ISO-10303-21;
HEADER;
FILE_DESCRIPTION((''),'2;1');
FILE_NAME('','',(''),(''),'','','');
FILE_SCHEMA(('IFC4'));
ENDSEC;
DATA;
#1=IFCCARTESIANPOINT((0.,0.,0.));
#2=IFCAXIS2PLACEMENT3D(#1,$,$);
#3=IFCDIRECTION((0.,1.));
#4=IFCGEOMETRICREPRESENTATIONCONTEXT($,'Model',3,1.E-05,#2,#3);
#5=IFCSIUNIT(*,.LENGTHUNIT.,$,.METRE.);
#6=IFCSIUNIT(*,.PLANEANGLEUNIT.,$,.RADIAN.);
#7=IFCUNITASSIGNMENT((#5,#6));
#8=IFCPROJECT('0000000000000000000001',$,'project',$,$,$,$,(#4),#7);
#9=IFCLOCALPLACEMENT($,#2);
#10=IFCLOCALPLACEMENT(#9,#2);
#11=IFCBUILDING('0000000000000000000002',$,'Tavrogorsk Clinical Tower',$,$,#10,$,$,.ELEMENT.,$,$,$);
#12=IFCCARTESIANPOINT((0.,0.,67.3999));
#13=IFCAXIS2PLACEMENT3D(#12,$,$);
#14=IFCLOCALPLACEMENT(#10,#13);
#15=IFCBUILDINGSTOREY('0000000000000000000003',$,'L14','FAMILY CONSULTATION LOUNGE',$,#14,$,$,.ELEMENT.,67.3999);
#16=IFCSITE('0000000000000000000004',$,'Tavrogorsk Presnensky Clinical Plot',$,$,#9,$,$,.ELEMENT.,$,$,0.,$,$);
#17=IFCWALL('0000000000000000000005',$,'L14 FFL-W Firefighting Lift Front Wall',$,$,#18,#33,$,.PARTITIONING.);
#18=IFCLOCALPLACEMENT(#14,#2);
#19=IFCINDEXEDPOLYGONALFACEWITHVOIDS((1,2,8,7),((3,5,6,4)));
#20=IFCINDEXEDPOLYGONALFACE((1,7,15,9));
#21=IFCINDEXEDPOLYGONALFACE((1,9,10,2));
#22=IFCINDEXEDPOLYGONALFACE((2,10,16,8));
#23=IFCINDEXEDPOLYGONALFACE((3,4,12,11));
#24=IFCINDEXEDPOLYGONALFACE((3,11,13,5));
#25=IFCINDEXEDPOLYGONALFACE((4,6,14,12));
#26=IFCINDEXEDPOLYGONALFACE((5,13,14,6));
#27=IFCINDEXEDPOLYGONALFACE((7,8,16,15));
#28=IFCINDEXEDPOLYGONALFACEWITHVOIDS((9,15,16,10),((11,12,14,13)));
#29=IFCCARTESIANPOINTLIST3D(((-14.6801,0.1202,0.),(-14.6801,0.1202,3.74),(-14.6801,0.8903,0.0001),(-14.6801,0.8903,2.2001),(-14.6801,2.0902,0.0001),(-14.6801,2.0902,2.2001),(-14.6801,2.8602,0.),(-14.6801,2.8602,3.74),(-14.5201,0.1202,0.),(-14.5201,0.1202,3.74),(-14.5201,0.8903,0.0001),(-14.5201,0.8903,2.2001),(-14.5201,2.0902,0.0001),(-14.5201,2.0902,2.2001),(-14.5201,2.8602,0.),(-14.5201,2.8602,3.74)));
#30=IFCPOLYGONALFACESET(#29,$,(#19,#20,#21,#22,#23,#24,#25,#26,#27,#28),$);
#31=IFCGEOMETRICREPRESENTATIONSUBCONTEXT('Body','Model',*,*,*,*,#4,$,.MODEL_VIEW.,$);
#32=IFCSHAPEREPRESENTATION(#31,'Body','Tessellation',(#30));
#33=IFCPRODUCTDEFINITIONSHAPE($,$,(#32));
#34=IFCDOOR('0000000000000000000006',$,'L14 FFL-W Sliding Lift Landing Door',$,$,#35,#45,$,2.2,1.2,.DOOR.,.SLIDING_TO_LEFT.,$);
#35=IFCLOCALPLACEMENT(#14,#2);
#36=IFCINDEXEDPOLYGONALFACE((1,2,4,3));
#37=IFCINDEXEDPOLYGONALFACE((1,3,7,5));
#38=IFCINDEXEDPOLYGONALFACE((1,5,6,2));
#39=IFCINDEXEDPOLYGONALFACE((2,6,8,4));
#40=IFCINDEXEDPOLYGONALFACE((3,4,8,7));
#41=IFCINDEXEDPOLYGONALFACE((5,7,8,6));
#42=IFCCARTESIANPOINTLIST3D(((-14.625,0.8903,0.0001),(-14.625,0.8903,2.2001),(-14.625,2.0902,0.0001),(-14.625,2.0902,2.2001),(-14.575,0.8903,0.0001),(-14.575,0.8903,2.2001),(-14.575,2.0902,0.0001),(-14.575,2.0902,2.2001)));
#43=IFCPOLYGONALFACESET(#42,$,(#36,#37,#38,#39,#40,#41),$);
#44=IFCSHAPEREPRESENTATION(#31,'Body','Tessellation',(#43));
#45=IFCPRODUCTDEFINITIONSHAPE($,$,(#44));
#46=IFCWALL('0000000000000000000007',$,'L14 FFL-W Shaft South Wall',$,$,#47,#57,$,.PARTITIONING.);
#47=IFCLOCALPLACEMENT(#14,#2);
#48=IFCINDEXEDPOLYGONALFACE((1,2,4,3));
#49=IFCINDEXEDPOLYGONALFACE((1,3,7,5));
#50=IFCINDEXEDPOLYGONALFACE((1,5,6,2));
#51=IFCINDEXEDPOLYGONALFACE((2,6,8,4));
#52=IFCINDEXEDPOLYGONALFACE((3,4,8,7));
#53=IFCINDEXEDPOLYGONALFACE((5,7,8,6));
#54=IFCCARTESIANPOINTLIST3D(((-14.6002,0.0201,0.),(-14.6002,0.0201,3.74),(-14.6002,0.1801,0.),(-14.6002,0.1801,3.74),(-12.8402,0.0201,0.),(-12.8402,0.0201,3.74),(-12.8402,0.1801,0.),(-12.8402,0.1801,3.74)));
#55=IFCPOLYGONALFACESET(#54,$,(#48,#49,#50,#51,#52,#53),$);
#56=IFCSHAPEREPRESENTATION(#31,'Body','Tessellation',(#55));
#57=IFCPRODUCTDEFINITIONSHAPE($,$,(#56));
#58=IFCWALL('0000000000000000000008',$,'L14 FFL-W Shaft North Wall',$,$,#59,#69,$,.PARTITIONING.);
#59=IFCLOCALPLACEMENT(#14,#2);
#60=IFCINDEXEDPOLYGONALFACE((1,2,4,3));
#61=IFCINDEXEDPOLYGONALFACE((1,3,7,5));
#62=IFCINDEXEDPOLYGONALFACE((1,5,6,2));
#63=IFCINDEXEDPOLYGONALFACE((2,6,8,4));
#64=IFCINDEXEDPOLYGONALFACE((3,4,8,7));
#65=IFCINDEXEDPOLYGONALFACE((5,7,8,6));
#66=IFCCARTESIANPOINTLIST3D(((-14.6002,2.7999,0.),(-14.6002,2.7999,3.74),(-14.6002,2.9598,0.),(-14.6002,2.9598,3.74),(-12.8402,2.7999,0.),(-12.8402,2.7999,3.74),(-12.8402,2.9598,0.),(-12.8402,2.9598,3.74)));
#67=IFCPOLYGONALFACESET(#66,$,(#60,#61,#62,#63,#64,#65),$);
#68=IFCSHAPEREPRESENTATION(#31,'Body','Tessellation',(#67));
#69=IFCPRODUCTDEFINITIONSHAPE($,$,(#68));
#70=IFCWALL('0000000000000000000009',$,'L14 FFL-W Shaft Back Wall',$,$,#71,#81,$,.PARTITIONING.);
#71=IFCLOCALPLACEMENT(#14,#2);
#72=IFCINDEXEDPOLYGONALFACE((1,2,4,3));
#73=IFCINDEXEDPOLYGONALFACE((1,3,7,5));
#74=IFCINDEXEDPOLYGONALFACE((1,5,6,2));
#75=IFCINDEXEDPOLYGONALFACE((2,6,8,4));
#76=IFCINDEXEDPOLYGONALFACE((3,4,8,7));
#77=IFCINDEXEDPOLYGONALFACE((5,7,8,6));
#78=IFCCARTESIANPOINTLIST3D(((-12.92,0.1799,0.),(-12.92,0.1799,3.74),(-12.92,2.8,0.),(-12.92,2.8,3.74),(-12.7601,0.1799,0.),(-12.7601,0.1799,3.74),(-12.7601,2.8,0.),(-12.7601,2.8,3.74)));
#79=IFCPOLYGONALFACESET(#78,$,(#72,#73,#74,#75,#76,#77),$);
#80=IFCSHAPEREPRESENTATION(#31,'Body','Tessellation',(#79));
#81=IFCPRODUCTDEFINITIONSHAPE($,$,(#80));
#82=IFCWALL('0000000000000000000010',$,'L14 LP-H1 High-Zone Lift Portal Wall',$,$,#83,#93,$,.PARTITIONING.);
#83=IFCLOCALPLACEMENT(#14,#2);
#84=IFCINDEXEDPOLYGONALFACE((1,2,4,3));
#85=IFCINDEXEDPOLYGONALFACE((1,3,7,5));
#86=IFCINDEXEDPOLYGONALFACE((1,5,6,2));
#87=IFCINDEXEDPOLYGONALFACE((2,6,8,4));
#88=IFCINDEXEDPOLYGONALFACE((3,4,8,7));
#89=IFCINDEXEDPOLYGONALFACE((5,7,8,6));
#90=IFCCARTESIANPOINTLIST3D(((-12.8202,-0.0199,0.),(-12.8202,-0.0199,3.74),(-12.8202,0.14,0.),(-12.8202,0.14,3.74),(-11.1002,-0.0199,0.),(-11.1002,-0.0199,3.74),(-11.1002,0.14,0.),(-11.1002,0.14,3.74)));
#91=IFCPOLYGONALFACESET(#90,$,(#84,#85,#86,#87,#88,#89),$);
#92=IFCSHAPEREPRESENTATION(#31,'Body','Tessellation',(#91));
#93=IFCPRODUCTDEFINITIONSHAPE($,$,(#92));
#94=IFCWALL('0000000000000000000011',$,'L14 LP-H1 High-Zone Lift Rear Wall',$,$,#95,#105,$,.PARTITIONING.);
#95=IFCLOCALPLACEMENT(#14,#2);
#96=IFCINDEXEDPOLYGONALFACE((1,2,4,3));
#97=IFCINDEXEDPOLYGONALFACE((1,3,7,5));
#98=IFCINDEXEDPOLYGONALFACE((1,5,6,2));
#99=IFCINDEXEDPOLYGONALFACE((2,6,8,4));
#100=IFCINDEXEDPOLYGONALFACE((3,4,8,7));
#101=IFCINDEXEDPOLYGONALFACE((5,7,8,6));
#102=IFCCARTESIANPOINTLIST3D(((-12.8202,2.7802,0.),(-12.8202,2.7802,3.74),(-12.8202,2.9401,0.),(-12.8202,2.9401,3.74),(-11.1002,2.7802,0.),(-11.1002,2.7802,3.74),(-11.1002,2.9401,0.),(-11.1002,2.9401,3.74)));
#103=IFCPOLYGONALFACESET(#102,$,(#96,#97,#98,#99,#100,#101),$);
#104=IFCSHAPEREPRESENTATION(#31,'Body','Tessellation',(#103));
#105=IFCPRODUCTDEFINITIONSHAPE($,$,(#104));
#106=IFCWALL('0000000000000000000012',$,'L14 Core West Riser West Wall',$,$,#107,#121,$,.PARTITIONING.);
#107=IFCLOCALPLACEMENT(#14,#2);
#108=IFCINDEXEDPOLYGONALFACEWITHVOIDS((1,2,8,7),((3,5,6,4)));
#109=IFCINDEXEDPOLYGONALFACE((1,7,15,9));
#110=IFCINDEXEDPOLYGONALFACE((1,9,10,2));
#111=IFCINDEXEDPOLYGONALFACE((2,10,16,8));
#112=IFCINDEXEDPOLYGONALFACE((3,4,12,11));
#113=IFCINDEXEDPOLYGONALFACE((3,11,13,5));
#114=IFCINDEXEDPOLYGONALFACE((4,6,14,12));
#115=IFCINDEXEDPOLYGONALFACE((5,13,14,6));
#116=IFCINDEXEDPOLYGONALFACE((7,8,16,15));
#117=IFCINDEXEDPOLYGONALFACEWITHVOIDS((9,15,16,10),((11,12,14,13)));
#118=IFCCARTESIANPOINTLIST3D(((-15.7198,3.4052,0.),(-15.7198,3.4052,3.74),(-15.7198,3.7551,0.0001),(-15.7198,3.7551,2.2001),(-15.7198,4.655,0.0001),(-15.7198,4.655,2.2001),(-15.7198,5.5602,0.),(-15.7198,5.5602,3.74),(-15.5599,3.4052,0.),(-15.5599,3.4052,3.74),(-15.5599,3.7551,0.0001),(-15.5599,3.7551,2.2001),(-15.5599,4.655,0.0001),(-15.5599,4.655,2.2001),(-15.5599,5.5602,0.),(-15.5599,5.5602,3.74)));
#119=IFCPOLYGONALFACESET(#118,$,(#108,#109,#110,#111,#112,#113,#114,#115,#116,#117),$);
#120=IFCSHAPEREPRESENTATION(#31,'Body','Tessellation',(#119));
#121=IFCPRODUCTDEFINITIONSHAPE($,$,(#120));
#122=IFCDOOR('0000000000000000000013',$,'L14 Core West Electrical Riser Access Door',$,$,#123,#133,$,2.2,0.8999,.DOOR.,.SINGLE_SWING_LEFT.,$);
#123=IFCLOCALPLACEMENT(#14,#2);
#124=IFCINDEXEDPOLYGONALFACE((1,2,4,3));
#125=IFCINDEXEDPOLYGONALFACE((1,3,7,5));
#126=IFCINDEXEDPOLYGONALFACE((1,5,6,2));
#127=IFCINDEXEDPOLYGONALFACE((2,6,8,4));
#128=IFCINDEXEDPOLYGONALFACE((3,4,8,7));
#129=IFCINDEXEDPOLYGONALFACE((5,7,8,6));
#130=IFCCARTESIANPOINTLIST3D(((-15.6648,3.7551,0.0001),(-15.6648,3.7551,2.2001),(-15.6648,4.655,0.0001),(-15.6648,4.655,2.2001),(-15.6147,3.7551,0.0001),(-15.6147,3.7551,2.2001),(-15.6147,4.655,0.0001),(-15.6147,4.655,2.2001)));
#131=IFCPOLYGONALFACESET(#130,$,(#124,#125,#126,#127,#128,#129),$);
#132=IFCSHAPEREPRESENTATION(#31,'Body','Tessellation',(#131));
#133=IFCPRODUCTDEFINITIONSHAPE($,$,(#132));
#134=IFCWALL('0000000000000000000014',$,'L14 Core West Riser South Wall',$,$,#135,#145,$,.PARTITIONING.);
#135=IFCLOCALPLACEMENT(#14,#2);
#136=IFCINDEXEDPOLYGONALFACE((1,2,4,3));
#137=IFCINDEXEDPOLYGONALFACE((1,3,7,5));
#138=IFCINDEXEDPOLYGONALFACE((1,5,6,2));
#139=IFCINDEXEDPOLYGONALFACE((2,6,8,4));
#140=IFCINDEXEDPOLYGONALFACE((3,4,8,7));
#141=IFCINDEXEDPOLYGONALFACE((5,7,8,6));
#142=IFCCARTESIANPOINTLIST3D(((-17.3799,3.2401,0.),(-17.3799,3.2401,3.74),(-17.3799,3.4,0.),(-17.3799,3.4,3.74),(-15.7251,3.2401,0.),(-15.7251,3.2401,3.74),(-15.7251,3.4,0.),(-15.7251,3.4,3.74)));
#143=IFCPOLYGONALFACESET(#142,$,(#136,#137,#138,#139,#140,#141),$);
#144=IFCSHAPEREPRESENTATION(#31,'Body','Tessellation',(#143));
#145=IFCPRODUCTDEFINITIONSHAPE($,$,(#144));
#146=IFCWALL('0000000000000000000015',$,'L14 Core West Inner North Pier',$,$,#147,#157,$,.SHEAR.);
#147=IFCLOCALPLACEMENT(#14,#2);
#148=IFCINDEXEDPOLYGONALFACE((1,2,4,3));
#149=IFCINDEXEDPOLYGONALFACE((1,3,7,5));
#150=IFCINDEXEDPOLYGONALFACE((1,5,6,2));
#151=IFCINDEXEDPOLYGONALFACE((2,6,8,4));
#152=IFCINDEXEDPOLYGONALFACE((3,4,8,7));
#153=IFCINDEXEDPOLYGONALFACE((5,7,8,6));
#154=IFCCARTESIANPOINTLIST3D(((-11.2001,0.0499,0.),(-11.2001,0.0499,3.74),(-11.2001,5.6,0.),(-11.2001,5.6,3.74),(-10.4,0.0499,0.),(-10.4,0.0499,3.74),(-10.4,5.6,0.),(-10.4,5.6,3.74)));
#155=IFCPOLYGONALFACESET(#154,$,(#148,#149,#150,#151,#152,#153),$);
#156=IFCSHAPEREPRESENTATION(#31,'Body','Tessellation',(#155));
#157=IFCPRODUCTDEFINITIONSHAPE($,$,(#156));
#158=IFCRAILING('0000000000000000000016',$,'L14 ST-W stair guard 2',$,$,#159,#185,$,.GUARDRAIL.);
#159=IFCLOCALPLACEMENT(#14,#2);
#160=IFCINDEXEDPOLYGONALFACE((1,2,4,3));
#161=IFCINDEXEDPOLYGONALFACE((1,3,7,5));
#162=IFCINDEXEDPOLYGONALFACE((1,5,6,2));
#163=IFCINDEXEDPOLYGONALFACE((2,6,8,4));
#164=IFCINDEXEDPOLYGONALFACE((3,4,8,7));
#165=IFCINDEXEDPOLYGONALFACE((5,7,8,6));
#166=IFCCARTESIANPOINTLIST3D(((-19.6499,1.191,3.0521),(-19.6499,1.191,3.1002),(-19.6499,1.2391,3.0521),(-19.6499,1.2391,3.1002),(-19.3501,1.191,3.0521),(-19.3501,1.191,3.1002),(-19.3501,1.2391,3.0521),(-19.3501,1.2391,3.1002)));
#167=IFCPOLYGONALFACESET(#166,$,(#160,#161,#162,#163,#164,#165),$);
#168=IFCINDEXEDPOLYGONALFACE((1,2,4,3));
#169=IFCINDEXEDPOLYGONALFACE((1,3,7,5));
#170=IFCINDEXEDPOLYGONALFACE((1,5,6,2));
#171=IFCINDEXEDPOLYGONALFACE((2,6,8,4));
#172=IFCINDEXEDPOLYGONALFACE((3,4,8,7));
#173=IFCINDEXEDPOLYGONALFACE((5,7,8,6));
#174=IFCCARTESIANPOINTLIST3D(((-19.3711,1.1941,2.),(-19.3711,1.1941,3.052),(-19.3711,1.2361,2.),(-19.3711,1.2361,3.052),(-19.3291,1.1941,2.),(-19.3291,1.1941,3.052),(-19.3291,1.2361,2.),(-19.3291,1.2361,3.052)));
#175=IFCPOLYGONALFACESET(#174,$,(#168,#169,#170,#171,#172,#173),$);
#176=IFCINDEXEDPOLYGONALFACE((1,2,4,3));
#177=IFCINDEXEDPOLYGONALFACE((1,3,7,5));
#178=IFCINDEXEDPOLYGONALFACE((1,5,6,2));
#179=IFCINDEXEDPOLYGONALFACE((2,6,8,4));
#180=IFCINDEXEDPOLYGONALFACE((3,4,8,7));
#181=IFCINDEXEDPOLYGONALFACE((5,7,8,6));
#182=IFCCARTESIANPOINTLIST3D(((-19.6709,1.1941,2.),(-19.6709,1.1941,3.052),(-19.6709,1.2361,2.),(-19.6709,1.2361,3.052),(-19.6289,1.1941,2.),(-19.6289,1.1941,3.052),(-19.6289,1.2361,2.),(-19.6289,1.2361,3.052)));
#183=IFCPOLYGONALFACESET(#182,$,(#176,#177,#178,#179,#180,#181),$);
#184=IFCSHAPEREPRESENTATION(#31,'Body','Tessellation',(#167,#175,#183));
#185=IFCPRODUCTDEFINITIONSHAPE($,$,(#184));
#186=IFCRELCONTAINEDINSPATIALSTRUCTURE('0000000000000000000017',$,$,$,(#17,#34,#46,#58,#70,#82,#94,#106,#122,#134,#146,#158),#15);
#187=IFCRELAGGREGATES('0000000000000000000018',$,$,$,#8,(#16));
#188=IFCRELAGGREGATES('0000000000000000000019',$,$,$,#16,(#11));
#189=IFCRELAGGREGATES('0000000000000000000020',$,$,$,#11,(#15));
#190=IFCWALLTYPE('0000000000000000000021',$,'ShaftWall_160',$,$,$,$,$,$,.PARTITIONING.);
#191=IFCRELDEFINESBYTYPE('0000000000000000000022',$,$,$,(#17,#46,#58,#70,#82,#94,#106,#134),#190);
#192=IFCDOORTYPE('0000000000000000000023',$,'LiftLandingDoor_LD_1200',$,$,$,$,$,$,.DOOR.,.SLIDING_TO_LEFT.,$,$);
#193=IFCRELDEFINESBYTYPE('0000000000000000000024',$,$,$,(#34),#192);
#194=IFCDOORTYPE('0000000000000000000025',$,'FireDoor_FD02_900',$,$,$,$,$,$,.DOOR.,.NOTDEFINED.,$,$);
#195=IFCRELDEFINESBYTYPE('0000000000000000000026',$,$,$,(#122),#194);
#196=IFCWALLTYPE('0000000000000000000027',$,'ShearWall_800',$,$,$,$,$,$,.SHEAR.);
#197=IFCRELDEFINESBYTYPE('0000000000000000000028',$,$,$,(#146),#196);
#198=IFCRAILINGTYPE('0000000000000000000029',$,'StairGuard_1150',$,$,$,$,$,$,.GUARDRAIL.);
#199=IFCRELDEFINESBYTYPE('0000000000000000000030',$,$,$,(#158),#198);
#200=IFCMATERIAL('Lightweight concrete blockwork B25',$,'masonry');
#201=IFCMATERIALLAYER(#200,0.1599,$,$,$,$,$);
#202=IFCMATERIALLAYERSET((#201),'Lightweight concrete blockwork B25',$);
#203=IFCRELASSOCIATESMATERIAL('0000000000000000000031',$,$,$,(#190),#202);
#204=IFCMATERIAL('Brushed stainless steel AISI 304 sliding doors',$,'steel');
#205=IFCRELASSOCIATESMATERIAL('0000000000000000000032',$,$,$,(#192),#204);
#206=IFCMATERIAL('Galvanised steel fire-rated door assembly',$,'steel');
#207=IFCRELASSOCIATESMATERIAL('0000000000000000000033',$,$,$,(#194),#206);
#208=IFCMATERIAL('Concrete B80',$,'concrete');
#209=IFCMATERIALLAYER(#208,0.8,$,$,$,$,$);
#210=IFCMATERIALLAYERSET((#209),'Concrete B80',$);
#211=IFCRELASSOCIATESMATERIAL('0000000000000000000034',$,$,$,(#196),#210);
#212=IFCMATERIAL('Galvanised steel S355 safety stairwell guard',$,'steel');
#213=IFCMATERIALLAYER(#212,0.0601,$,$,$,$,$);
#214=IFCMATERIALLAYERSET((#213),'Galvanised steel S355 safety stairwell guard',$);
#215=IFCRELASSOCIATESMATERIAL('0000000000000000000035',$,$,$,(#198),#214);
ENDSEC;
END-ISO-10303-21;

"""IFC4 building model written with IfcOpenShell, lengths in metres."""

from ifc_helpers import new_model, si_unit, direction, frame, frame_2d, origin, origin_2d, place, context, subcontext, project, spatial, rectangle, extrude, material, layer, layer_set, type_object, element, fill, save


model = new_model("IFC4")

# Units and contexts
model_context = context("Model", 3, precision=1e-05, world=origin(), true_north=direction((0.0, 1.0)))
body_context = subcontext(model_context, "Body", "Model", "MODEL_VIEW")
ifc_project = project(units=[si_unit("LENGTHUNIT", "METRE"), si_unit("PLANEANGLEUNIT", "RADIAN")], contexts=[model_context])

# Site, building, storey
site_placement = place(None, origin())
site = spatial("IfcSite", under=ifc_project, at=site_placement, Name="Tavrogorsk Presnensky Clinical Plot", CompositionType="ELEMENT", RefElevation=0.0)
building_placement = place(site_placement, origin())
building = spatial("IfcBuilding", under=site, at=building_placement, Name="Tavrogorsk Clinical Tower", CompositionType="ELEMENT")
storey_placement = place(building_placement, frame((0.0, 0.0, 67.3999)))
storey = spatial("IfcBuildingStorey", under=building, at=storey_placement, Name="L14", Description="FAMILY CONSULTATION LOUNGE", CompositionType="ELEMENT", Elevation=67.3999)

# Wall, opening, door
ifc_material_1 = material(Name="Lightweight concrete blockwork B25", Category="masonry")
ifc_layer_1 = layer(ifc_material_1, 0.1599)
ifc_layer_set_1 = layer_set([ifc_layer_1], Name="Lightweight concrete blockwork B25")
wall_type_1 = type_object("IfcWallType", Name="ShaftWall_160", PredefinedType="PARTITIONING", material=ifc_layer_set_1)
wall_1_placement = place(storey_placement, frame((-14.6001, 0.1201, 0.0), z_axis=(0.0, 0.0, 1.0), x_axis=(0.0, 1.0, 0.0)))
wall_1 = element("IfcWall", 1, at=wall_1_placement, inside=storey, type_object=wall_type_1, Name="L14 FFL-W Firefighting Lift Front Wall", PredefinedType="PARTITIONING", context=body_context, shape_type="SweptSolid", body=[
    extrude(rectangle(XDim=2.74, YDim=0.1599, at=frame_2d((1.3701, 0.0))), origin(), (0.0, 0.0, 1.0), 3.74),
])
opening_1_placement = place(wall_1_placement, frame((0.77, 0.0, 0.0)))
opening_1 = element("IfcOpeningElement", 2, at=opening_1_placement, cuts=wall_1, PredefinedType="OPENING", context=body_context, shape_type="SweptSolid", body=[
    extrude(rectangle(XDim=1.2, YDim=2.2, at=frame_2d((0.6001, 1.1001))), frame((0.0, 0.0898, 0.0), z_axis=(0.0, -1.0, 0.0), x_axis=(1.0, 0.0, 0.0)), (0.0, 0.0, 1.0), 0.1799),
])
ifc_material_2 = material(Name="Brushed stainless steel AISI 304 sliding doors", Category="steel")
door_type_1 = type_object("IfcDoorType", Name="LiftLandingDoor_LD_1200", OperationType="SLIDING_TO_LEFT", PredefinedType="DOOR", material=ifc_material_2)
door_1_placement = place(opening_1_placement, origin())
door_1 = element("IfcDoor", 3, at=door_1_placement, inside=storey, type_object=door_type_1, Name="L14 FFL-W Sliding Lift Landing Door", OperationType="SLIDING_TO_LEFT", OverallHeight=2.2, OverallWidth=1.2, PredefinedType="DOOR", context=body_context, shape_type="SweptSolid", body=[
    extrude(rectangle(XDim=1.2, YDim=2.2, at=frame_2d((0.6001, 1.1001))), frame((0.0, 0.0249, 0.0), z_axis=(0.0, -1.0, 0.0), x_axis=(1.0, 0.0, 0.0)), (0.0, 0.0, 1.0), 0.05),
])
fill(opening_1, door_1)

# Walls
for number, where, z_axis, x_axis, name in (
    (4, (-14.6001, 0.1001, 0.0), (0.0, 0.0, 1.0), (1.0, 0.0, 0.0), "L14 FFL-W Shaft South Wall"),
    (5, (-14.6001, 2.8799, 0.0), (0.0, 0.0, 1.0), (1.0, 0.0, 0.0), "L14 FFL-W Shaft North Wall"),
):
    element("IfcWall", number, at=place(storey_placement, frame(where, z_axis=z_axis, x_axis=x_axis)), inside=storey, type_object=wall_type_1, Name=name, PredefinedType="PARTITIONING", context=body_context, shape_type="SweptSolid", body=[
        extrude(rectangle(XDim=1.76, YDim=0.1599, at=frame_2d((0.8799, 0.0))), origin(), (0.0, 0.0, 1.0), 3.74),
    ])
wall_2_placement = place(storey_placement, frame((-12.8401, 0.1799, 0.0), z_axis=(0.0, 0.0, 1.0), x_axis=(0.0, 1.0, 0.0)))
element("IfcWall", 6, at=wall_2_placement, inside=storey, type_object=wall_type_1, Name="L14 FFL-W Shaft Back Wall", PredefinedType="PARTITIONING", context=body_context, shape_type="SweptSolid", body=[
    extrude(rectangle(XDim=2.6201, YDim=0.1599, at=frame_2d((1.3101, 0.0))), origin(), (0.0, 0.0, 1.0), 3.74),
])
for number, where, z_axis, x_axis, name in (
    (7, (-12.8201, 0.0601, 0.0), (0.0, 0.0, 1.0), (1.0, 0.0, 0.0), "L14 LP-H1 High-Zone Lift Portal Wall"),
    (8, (-12.8201, 2.8601, 0.0), (0.0, 0.0, 1.0), (1.0, 0.0, 0.0), "L14 LP-H1 High-Zone Lift Rear Wall"),
):
    element("IfcWall", number, at=place(storey_placement, frame(where, z_axis=z_axis, x_axis=x_axis)), inside=storey, type_object=wall_type_1, Name=name, PredefinedType="PARTITIONING", context=body_context, shape_type="SweptSolid", body=[
        extrude(rectangle(XDim=1.72, YDim=0.1599, at=frame_2d((0.8599, 0.0))), origin(), (0.0, 0.0, 1.0), 3.74),
    ])

# Wall, opening, door
wall_3_placement = place(storey_placement, frame((-15.6399, 3.405, 0.0), z_axis=(0.0, 0.0, 1.0), x_axis=(0.0, 1.0, 0.0)))
wall_3 = element("IfcWall", 9, at=wall_3_placement, inside=storey, type_object=wall_type_1, Name="L14 Core West Riser West Wall", PredefinedType="PARTITIONING", context=body_context, shape_type="SweptSolid", body=[
    extrude(rectangle(XDim=2.155, YDim=0.1599, at=frame_2d((1.0776, 0.0))), origin(), (0.0, 0.0, 1.0), 3.74),
])
opening_2_placement = place(wall_3_placement, frame((0.3501, 0.0, 0.0)))
opening_2 = element("IfcOpeningElement", 10, at=opening_2_placement, cuts=wall_3, PredefinedType="OPENING", context=body_context, shape_type="SweptSolid", body=[
    extrude(rectangle(XDim=0.8999, YDim=2.2, at=frame_2d((0.45, 1.1001))), frame((0.0, 0.0898, 0.0), z_axis=(0.0, -1.0, 0.0), x_axis=(1.0, 0.0, 0.0)), (0.0, 0.0, 1.0), 0.1799),
])
ifc_material_3 = material(Name="Galvanised steel fire-rated door assembly", Category="steel")
door_type_2 = type_object("IfcDoorType", Name="FireDoor_FD02_900", OperationType="NOTDEFINED", PredefinedType="DOOR", material=ifc_material_3)
door_2_placement = place(opening_2_placement, origin())
door_2 = element("IfcDoor", 11, at=door_2_placement, inside=storey, type_object=door_type_2, Name="L14 Core West Electrical Riser Access Door", OperationType="SINGLE_SWING_LEFT", OverallHeight=2.2, OverallWidth=0.8999, PredefinedType="DOOR", context=body_context, shape_type="SweptSolid", body=[
    extrude(rectangle(XDim=0.8999, YDim=2.2, at=frame_2d((0.45, 1.1001))), frame((0.0, 0.0249, 0.0), z_axis=(0.0, -1.0, 0.0), x_axis=(1.0, 0.0, 0.0)), (0.0, 0.0, 1.0), 0.05),
])
fill(opening_2, door_2)

# Walls
wall_4_placement = place(storey_placement, frame((-17.3799, 3.3201, 0.0), z_axis=(0.0, 0.0, 1.0), x_axis=(1.0, 0.0, 0.0)))
element("IfcWall", 12, at=wall_4_placement, inside=storey, type_object=wall_type_1, Name="L14 Core West Riser South Wall", PredefinedType="PARTITIONING", context=body_context, shape_type="SweptSolid", body=[
    extrude(rectangle(XDim=1.6548, YDim=0.1599, at=frame_2d((0.8274, 0.0))), origin(), (0.0, 0.0, 1.0), 3.74),
])
ifc_material_4 = material(Name="Concrete B80", Category="concrete")
ifc_layer_2 = layer(ifc_material_4, 0.8)
ifc_layer_set_2 = layer_set([ifc_layer_2], Name="Concrete B80")
wall_type_2 = type_object("IfcWallType", Name="ShearWall_800", PredefinedType="SHEAR", material=ifc_layer_set_2)
wall_5_placement = place(storey_placement, frame((-10.8, 0.05, 0.0), z_axis=(0.0, 0.0, 1.0), x_axis=(0.0, 1.0, 0.0)))
element("IfcWall", 13, at=wall_5_placement, inside=storey, type_object=wall_type_2, Name="L14 Core West Inner North Pier", PredefinedType="SHEAR", context=body_context, shape_type="SweptSolid", body=[
    extrude(rectangle(XDim=5.55, YDim=0.8, at=frame_2d((2.7749, 0.0))), origin(), (0.0, 0.0, 1.0), 3.74),
])

# Railing
ifc_material_5 = material(Name="Galvanised steel S355 safety stairwell guard", Category="steel")
ifc_layer_3 = layer(ifc_material_5, 0.0601)
ifc_layer_set_3 = layer_set([ifc_layer_3], Name="Galvanised steel S355 safety stairwell guard")
railing_type = type_object("IfcRailingType", Name="StairGuard_1150", PredefinedType="GUARDRAIL", material=ifc_layer_set_3)
railing_1_placement = place(storey_placement, frame((-19.3501, 1.2151, 2.0)))
element("IfcRailing", 14, at=railing_1_placement, inside=storey, type_object=railing_type, Name="L14 ST-W stair guard 2", PredefinedType="GUARDRAIL", context=body_context, shape_type="SweptSolid", body=[
    extrude(rectangle(XDim=0.0481, YDim=0.0481, at=origin_2d()), frame((0.0, 0.0, 1.0762), z_axis=(-1.0, 0.0, 0.0), x_axis=(0.0, -1.0, 0.0)), (0.0, 0.0, 1.0), 0.2998),
    extrude(rectangle(XDim=0.042, YDim=0.042, at=origin_2d()), origin(), (0.0, 0.0, 1.0), 1.052),
    extrude(rectangle(XDim=0.042, YDim=0.042, at=origin_2d()), frame((-0.2998, 0.0, 0.0)), (0.0, 0.0, 1.0), 1.052),
])

save(model, "model.ifc")
